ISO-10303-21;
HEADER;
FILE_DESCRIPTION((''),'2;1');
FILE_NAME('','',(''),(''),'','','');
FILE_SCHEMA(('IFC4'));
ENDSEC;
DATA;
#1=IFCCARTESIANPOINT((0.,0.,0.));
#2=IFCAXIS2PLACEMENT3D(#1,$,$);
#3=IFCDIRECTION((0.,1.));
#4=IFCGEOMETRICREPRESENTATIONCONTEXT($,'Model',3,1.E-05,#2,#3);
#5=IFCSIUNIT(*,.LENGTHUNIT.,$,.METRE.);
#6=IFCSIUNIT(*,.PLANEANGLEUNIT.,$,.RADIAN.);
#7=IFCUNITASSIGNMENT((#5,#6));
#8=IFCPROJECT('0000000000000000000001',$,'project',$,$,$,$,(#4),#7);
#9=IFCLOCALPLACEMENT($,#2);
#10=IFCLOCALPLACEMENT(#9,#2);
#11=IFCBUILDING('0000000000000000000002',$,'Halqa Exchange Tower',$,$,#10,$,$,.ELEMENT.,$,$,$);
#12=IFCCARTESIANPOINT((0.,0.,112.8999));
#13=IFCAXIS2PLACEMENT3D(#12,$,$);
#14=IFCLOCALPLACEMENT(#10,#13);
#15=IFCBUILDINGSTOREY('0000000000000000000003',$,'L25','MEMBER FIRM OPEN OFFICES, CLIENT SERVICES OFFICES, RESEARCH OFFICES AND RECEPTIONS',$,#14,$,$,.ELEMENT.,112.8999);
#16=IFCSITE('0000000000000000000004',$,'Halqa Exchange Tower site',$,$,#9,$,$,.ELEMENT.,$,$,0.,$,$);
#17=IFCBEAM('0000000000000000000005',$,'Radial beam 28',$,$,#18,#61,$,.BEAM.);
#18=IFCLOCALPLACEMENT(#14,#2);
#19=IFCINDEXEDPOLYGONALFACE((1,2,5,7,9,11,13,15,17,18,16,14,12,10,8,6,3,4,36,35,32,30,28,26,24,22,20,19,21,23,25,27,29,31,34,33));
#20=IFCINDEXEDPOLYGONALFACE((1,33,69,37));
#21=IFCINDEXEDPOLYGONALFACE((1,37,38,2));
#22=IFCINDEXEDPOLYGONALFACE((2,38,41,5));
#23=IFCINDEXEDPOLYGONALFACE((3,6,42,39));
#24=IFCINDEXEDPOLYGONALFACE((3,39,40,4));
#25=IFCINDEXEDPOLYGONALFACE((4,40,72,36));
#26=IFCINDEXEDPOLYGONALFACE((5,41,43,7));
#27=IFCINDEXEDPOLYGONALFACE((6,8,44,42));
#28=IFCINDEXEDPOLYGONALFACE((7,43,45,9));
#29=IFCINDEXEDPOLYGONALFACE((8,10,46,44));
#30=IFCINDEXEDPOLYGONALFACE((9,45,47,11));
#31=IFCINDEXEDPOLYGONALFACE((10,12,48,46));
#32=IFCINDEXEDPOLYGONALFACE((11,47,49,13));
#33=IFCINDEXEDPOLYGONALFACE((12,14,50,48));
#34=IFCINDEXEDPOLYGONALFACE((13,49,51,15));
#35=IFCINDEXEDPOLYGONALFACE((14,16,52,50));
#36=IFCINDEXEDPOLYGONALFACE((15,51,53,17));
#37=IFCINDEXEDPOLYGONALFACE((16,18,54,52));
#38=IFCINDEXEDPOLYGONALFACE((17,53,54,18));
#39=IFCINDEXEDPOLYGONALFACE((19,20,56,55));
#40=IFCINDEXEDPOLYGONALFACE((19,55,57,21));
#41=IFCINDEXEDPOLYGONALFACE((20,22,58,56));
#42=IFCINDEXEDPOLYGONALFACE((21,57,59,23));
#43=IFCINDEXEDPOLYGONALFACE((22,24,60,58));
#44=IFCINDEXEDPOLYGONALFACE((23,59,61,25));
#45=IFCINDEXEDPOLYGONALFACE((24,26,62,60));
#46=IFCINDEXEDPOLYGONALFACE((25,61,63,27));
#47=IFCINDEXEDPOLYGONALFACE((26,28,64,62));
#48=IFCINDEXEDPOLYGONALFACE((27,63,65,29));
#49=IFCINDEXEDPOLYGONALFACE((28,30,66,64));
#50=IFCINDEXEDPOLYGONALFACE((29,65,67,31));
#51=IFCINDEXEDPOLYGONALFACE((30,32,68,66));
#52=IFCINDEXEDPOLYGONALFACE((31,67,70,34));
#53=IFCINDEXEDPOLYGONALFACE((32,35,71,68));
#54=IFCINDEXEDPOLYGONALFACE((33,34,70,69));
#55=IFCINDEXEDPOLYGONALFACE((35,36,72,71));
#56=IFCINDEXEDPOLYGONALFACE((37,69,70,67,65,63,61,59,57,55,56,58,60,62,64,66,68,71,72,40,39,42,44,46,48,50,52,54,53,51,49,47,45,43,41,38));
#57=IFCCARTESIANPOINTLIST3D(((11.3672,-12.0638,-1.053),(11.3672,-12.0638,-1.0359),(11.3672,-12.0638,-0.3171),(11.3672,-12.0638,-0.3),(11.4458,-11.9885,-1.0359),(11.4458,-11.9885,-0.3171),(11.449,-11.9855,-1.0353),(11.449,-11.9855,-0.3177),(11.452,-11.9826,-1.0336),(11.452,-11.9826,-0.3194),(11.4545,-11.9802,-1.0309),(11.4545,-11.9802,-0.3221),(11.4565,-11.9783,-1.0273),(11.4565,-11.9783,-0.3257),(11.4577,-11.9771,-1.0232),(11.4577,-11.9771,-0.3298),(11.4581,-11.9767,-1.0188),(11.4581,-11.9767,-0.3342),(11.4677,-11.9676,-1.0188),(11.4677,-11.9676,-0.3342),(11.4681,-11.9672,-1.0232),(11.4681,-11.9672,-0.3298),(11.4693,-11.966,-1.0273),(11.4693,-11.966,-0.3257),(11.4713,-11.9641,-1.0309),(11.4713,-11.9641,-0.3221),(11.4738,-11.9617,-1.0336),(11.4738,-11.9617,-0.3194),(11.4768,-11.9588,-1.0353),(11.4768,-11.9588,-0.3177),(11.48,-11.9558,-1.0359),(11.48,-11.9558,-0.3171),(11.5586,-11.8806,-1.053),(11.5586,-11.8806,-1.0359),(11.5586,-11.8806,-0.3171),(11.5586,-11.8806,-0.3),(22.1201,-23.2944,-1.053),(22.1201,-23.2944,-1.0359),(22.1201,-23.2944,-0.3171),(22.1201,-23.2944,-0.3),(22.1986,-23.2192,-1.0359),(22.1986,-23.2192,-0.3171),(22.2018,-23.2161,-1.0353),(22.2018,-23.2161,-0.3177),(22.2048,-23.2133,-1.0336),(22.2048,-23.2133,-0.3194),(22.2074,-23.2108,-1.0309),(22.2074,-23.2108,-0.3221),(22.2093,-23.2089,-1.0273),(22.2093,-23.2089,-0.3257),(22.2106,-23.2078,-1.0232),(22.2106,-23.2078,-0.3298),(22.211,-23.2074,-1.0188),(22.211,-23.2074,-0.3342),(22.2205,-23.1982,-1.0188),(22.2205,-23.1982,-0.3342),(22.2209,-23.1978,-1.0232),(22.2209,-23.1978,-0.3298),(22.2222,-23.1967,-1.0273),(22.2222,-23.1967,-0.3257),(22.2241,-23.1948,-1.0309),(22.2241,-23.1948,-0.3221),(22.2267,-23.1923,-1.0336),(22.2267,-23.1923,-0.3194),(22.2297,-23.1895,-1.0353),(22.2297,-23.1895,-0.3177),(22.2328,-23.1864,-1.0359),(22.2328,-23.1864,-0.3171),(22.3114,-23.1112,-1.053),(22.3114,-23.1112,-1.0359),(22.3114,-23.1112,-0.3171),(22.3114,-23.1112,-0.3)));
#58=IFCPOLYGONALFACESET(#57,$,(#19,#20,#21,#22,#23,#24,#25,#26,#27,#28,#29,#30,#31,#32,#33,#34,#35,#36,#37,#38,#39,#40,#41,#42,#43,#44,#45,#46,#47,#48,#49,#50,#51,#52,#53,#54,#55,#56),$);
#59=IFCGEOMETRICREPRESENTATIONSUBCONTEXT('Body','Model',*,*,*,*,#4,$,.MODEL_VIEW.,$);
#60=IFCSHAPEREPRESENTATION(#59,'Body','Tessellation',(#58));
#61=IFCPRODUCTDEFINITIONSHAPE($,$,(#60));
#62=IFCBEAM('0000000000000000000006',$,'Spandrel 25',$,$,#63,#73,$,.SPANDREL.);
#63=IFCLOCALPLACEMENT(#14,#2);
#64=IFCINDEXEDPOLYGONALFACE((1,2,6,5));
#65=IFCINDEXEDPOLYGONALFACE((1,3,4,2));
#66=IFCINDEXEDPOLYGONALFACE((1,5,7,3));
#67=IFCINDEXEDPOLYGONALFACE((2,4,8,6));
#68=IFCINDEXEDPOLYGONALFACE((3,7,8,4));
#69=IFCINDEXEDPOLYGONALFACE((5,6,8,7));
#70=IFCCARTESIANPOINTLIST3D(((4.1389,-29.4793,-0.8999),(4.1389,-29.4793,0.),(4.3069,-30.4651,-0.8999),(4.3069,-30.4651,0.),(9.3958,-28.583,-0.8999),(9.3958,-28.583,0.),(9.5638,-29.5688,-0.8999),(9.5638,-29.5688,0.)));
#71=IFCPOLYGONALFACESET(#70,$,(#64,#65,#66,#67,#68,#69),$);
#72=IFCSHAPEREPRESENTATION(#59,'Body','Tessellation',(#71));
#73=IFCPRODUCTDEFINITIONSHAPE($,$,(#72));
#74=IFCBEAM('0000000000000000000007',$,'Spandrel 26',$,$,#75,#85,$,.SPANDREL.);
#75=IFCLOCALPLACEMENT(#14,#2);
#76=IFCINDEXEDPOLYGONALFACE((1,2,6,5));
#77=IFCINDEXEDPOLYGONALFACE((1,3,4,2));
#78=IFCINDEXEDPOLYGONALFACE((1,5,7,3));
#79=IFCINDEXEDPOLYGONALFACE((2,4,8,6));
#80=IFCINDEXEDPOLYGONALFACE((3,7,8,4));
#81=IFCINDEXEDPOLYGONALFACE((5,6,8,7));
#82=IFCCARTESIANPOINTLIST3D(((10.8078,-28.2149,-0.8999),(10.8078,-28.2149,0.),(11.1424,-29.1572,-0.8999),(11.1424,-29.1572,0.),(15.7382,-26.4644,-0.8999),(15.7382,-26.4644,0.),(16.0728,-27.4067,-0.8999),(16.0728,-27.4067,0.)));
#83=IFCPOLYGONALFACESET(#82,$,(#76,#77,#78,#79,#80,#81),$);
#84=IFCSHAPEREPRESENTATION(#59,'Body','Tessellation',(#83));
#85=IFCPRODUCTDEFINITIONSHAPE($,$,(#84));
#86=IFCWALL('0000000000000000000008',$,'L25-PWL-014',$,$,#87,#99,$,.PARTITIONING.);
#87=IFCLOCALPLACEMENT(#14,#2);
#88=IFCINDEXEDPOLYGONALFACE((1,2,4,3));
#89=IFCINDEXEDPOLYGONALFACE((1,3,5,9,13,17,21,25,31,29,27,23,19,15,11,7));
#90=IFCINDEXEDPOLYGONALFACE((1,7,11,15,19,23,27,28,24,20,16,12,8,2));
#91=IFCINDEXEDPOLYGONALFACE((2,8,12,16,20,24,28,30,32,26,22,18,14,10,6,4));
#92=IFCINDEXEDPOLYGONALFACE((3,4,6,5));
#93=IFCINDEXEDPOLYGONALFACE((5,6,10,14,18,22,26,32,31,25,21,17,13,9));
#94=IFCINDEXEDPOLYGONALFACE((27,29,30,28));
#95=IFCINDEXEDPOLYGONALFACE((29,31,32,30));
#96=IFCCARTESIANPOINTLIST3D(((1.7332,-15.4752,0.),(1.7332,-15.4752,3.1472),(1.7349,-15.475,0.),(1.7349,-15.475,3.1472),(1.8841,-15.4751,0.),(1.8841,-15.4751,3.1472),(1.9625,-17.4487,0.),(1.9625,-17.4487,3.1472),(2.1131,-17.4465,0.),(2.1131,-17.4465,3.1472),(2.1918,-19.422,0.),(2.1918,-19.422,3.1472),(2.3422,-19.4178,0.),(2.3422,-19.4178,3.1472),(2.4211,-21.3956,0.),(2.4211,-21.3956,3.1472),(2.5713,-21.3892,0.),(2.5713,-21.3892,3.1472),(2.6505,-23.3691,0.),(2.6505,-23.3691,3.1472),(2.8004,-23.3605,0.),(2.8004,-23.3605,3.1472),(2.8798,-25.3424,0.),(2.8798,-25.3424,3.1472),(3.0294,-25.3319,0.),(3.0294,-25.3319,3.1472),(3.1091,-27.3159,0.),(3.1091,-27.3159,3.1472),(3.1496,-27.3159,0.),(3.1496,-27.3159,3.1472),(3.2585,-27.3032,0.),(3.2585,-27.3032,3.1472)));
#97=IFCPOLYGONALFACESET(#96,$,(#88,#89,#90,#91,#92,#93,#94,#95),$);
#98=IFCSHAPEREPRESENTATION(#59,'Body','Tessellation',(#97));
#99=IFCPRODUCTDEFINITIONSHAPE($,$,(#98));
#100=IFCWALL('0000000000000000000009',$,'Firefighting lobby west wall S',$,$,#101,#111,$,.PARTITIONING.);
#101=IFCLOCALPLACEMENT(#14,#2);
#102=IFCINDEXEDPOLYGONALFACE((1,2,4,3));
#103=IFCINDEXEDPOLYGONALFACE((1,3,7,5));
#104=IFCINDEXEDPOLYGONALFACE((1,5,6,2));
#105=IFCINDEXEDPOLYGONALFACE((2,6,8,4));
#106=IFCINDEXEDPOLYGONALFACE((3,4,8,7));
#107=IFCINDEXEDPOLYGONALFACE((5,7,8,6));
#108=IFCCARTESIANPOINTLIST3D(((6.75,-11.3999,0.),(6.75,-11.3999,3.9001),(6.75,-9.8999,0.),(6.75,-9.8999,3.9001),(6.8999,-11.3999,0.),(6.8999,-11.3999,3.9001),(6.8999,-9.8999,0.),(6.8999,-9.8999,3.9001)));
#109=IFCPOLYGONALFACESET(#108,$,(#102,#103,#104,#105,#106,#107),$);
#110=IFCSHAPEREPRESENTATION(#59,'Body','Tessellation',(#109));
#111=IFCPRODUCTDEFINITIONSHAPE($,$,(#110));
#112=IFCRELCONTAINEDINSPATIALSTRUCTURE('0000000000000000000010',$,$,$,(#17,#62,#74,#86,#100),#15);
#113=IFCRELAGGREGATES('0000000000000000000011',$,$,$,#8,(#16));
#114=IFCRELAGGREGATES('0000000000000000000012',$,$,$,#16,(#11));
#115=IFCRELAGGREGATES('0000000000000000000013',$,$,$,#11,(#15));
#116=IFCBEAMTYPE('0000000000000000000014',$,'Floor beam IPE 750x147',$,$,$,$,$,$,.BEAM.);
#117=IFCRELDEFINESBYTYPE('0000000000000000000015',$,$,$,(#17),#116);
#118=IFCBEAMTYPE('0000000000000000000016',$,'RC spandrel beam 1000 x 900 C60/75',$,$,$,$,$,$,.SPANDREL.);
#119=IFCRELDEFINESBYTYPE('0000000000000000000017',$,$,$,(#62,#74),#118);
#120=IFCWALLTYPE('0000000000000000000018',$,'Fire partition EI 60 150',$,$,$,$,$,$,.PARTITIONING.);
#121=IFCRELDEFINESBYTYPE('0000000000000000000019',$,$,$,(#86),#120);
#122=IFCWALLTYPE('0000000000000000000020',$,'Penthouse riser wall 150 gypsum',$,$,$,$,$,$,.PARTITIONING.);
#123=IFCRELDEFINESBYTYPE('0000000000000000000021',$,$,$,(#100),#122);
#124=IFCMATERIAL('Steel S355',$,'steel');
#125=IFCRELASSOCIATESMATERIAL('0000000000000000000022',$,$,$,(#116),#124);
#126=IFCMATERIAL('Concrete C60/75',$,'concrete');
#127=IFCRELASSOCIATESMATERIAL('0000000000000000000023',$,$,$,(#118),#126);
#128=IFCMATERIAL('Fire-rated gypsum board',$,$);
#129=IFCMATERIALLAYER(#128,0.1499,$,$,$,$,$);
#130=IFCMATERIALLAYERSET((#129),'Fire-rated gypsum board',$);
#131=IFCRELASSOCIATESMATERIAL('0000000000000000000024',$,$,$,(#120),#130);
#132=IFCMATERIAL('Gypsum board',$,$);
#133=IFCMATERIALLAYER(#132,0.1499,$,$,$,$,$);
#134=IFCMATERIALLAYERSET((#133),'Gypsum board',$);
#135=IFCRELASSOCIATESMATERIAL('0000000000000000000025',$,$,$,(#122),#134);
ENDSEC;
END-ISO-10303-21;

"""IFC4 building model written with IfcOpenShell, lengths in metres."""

from ifc_helpers import new_model, si_unit, direction, frame, frame_2d, origin, origin_2d, place, context, subcontext, project, spatial, polyline, rectangle, i_section, outline, extrude, material, layer, layer_set, material_profile, profile_set, type_object, element, save


model = new_model("IFC4")

# Units and contexts
model_context = context("Model", 3, precision=1e-05, world=origin(), true_north=direction((0.0, 1.0)))
body_context = subcontext(model_context, "Body", "Model", "MODEL_VIEW")
ifc_project = project(units=[si_unit("LENGTHUNIT", "METRE"), si_unit("PLANEANGLEUNIT", "RADIAN")], contexts=[model_context])

# Site, building, storey
site_placement = place(None, origin())
site = spatial("IfcSite", under=ifc_project, at=site_placement, Name="Halqa Exchange Tower site", CompositionType="ELEMENT", RefElevation=0.0)
building_placement = place(site_placement, origin())
building = spatial("IfcBuilding", under=site, at=building_placement, Name="Halqa Exchange Tower", CompositionType="ELEMENT")
storey_placement = place(building_placement, frame((0.0, 0.0, 112.8999)))
storey = spatial("IfcBuildingStorey", under=building, at=storey_placement, Name="L25", Description="MEMBER FIRM OPEN OFFICES, CLIENT SERVICES OFFICES, RESEARCH OFFICES AND RECEPTIONS", CompositionType="ELEMENT", Elevation=112.8999)

# Beams
ifc_material_1 = material(Name="Steel S355", Category="steel")
ifc_material_profile_1 = material_profile(ifc_material_1, i_section(OverallWidth=0.2649, OverallDepth=0.7529, WebThickness=0.0132, FlangeThickness=0.0171, FilletRadius=0.0171, at=origin_2d()), Name="IPE 750x147")
ifc_profile_set_1 = profile_set([ifc_material_profile_1], Name="Steel S355")
beam_type_1 = type_object("IfcBeamType", Name="Floor beam IPE 750x147", PredefinedType="BEAM", material=ifc_profile_set_1)
beam_1_placement = place(storey_placement, frame((11.4629, -11.9722, -0.6765), z_axis=(0.691576, -0.722304, 0.0), x_axis=(0.722304, 0.691576, 0.0)))
element("IfcBeam", 1, at=beam_1_placement, inside=storey, type_object=beam_type_1, Name="Radial beam 28", PredefinedType="BEAM", context=body_context, shape_type="SweptSolid", body=[
    extrude(i_section(OverallWidth=0.2649, OverallDepth=0.7529, WebThickness=0.0132, FlangeThickness=0.0171, FilletRadius=0.0171, at=origin_2d()), origin(), (0.0, 0.0, 1.0), 15.5483),
])
ifc_material_2 = material(Name="Concrete C60/75", Category="concrete")
ifc_material_profile_2 = material_profile(ifc_material_2, rectangle(XDim=1.0, YDim=0.8999, at=origin_2d()), Name="1000 x 900")
ifc_profile_set_2 = profile_set([ifc_material_profile_2], Name="Concrete C60/75")
beam_type_2 = type_object("IfcBeamType", Name="RC spandrel beam 1000 x 900 C60/75", PredefinedType="SPANDREL", material=ifc_profile_set_2)
beam_2_placement = place(storey_placement, frame((4.2229, -29.9722, -0.45), z_axis=(0.985776, 0.168065, 0.0), x_axis=(-0.168065, 0.985776, 0.0)))
element("IfcBeam", 2, at=beam_2_placement, inside=storey, type_object=beam_type_2, Name="Spandrel 25", PredefinedType="SPANDREL", context=body_context, shape_type="SweptSolid", body=[
    extrude(rectangle(XDim=1.0, YDim=0.8999, at=origin_2d()), origin(), (0.0, 0.0, 1.0), 5.3328),
])
beam_3_placement = place(storey_placement, frame((10.9751, -28.686, -0.45), z_axis=(0.942368, 0.334577, 0.0), x_axis=(-0.334577, 0.942368, 0.0)))
element("IfcBeam", 3, at=beam_3_placement, inside=storey, type_object=beam_type_2, Name="Spandrel 26", PredefinedType="SPANDREL", context=body_context, shape_type="SweptSolid", body=[
    extrude(rectangle(XDim=1.0, YDim=0.8999, at=origin_2d()), origin(), (0.0, 0.0, 1.0), 5.2319),
])

# Walls
ifc_material_3 = material(Name="Fire-rated gypsum board")
ifc_layer_1 = layer(ifc_material_3, 0.1499)
ifc_layer_set_1 = layer_set([ifc_layer_1], Name="Fire-rated gypsum board")
wall_type_1 = type_object("IfcWallType", Name="Fire partition EI 60 150", PredefinedType="PARTITIONING", material=ifc_layer_set_1)
wall_1_placement = place(storey_placement, frame((1.8076, -15.4666, 0.0), z_axis=(0.0, 0.0, 1.0), x_axis=(0.115425, -0.993316, 0.0)))
element("IfcWall", 4, at=wall_1_placement, inside=storey, type_object=wall_type_1, Name="L25-PWL-014", PredefinedType="PARTITIONING", context=body_context, shape_type="SweptSolid", body=[
    extrude(outline(polyline([(0.0, -0.075), (1.9868, -0.075), (3.9734, -0.075), (5.9602, -0.075), (7.947, -0.075), (9.9336, -0.075), (11.9204, -0.075), (11.925, -0.0347), (11.925, 0.075), (9.9404, 0.075), (7.9558, 0.075), (5.9712, 0.075), (3.9866, 0.075), (2.002, 0.075), (0.0173, 0.075), (0.0, -0.0732), (0.0, -0.075)])), origin(), (0.0, 0.0, 1.0), 3.1472),
])
ifc_material_4 = material(Name="Gypsum board")
ifc_layer_2 = layer(ifc_material_4, 0.1499)
ifc_layer_set_2 = layer_set([ifc_layer_2], Name="Gypsum board")
wall_type_2 = type_object("IfcWallType", Name="Penthouse riser wall 150 gypsum", PredefinedType="PARTITIONING", material=ifc_layer_set_2)
wall_2_placement = place(storey_placement, frame((6.825, -11.3999, 0.0), z_axis=(0.0, 0.0, 1.0), x_axis=(0.0, 1.0, 0.0)))
element("IfcWall", 5, at=wall_2_placement, inside=storey, type_object=wall_type_2, Name="Firefighting lobby west wall S", PredefinedType="PARTITIONING", context=body_context, shape_type="SweptSolid", body=[
    extrude(rectangle(XDim=1.5, YDim=0.1499, at=frame_2d((0.75, 0.0))), origin(), (0.0, 0.0, 1.0), 3.9001),
])

save(model, "model.ifc")
